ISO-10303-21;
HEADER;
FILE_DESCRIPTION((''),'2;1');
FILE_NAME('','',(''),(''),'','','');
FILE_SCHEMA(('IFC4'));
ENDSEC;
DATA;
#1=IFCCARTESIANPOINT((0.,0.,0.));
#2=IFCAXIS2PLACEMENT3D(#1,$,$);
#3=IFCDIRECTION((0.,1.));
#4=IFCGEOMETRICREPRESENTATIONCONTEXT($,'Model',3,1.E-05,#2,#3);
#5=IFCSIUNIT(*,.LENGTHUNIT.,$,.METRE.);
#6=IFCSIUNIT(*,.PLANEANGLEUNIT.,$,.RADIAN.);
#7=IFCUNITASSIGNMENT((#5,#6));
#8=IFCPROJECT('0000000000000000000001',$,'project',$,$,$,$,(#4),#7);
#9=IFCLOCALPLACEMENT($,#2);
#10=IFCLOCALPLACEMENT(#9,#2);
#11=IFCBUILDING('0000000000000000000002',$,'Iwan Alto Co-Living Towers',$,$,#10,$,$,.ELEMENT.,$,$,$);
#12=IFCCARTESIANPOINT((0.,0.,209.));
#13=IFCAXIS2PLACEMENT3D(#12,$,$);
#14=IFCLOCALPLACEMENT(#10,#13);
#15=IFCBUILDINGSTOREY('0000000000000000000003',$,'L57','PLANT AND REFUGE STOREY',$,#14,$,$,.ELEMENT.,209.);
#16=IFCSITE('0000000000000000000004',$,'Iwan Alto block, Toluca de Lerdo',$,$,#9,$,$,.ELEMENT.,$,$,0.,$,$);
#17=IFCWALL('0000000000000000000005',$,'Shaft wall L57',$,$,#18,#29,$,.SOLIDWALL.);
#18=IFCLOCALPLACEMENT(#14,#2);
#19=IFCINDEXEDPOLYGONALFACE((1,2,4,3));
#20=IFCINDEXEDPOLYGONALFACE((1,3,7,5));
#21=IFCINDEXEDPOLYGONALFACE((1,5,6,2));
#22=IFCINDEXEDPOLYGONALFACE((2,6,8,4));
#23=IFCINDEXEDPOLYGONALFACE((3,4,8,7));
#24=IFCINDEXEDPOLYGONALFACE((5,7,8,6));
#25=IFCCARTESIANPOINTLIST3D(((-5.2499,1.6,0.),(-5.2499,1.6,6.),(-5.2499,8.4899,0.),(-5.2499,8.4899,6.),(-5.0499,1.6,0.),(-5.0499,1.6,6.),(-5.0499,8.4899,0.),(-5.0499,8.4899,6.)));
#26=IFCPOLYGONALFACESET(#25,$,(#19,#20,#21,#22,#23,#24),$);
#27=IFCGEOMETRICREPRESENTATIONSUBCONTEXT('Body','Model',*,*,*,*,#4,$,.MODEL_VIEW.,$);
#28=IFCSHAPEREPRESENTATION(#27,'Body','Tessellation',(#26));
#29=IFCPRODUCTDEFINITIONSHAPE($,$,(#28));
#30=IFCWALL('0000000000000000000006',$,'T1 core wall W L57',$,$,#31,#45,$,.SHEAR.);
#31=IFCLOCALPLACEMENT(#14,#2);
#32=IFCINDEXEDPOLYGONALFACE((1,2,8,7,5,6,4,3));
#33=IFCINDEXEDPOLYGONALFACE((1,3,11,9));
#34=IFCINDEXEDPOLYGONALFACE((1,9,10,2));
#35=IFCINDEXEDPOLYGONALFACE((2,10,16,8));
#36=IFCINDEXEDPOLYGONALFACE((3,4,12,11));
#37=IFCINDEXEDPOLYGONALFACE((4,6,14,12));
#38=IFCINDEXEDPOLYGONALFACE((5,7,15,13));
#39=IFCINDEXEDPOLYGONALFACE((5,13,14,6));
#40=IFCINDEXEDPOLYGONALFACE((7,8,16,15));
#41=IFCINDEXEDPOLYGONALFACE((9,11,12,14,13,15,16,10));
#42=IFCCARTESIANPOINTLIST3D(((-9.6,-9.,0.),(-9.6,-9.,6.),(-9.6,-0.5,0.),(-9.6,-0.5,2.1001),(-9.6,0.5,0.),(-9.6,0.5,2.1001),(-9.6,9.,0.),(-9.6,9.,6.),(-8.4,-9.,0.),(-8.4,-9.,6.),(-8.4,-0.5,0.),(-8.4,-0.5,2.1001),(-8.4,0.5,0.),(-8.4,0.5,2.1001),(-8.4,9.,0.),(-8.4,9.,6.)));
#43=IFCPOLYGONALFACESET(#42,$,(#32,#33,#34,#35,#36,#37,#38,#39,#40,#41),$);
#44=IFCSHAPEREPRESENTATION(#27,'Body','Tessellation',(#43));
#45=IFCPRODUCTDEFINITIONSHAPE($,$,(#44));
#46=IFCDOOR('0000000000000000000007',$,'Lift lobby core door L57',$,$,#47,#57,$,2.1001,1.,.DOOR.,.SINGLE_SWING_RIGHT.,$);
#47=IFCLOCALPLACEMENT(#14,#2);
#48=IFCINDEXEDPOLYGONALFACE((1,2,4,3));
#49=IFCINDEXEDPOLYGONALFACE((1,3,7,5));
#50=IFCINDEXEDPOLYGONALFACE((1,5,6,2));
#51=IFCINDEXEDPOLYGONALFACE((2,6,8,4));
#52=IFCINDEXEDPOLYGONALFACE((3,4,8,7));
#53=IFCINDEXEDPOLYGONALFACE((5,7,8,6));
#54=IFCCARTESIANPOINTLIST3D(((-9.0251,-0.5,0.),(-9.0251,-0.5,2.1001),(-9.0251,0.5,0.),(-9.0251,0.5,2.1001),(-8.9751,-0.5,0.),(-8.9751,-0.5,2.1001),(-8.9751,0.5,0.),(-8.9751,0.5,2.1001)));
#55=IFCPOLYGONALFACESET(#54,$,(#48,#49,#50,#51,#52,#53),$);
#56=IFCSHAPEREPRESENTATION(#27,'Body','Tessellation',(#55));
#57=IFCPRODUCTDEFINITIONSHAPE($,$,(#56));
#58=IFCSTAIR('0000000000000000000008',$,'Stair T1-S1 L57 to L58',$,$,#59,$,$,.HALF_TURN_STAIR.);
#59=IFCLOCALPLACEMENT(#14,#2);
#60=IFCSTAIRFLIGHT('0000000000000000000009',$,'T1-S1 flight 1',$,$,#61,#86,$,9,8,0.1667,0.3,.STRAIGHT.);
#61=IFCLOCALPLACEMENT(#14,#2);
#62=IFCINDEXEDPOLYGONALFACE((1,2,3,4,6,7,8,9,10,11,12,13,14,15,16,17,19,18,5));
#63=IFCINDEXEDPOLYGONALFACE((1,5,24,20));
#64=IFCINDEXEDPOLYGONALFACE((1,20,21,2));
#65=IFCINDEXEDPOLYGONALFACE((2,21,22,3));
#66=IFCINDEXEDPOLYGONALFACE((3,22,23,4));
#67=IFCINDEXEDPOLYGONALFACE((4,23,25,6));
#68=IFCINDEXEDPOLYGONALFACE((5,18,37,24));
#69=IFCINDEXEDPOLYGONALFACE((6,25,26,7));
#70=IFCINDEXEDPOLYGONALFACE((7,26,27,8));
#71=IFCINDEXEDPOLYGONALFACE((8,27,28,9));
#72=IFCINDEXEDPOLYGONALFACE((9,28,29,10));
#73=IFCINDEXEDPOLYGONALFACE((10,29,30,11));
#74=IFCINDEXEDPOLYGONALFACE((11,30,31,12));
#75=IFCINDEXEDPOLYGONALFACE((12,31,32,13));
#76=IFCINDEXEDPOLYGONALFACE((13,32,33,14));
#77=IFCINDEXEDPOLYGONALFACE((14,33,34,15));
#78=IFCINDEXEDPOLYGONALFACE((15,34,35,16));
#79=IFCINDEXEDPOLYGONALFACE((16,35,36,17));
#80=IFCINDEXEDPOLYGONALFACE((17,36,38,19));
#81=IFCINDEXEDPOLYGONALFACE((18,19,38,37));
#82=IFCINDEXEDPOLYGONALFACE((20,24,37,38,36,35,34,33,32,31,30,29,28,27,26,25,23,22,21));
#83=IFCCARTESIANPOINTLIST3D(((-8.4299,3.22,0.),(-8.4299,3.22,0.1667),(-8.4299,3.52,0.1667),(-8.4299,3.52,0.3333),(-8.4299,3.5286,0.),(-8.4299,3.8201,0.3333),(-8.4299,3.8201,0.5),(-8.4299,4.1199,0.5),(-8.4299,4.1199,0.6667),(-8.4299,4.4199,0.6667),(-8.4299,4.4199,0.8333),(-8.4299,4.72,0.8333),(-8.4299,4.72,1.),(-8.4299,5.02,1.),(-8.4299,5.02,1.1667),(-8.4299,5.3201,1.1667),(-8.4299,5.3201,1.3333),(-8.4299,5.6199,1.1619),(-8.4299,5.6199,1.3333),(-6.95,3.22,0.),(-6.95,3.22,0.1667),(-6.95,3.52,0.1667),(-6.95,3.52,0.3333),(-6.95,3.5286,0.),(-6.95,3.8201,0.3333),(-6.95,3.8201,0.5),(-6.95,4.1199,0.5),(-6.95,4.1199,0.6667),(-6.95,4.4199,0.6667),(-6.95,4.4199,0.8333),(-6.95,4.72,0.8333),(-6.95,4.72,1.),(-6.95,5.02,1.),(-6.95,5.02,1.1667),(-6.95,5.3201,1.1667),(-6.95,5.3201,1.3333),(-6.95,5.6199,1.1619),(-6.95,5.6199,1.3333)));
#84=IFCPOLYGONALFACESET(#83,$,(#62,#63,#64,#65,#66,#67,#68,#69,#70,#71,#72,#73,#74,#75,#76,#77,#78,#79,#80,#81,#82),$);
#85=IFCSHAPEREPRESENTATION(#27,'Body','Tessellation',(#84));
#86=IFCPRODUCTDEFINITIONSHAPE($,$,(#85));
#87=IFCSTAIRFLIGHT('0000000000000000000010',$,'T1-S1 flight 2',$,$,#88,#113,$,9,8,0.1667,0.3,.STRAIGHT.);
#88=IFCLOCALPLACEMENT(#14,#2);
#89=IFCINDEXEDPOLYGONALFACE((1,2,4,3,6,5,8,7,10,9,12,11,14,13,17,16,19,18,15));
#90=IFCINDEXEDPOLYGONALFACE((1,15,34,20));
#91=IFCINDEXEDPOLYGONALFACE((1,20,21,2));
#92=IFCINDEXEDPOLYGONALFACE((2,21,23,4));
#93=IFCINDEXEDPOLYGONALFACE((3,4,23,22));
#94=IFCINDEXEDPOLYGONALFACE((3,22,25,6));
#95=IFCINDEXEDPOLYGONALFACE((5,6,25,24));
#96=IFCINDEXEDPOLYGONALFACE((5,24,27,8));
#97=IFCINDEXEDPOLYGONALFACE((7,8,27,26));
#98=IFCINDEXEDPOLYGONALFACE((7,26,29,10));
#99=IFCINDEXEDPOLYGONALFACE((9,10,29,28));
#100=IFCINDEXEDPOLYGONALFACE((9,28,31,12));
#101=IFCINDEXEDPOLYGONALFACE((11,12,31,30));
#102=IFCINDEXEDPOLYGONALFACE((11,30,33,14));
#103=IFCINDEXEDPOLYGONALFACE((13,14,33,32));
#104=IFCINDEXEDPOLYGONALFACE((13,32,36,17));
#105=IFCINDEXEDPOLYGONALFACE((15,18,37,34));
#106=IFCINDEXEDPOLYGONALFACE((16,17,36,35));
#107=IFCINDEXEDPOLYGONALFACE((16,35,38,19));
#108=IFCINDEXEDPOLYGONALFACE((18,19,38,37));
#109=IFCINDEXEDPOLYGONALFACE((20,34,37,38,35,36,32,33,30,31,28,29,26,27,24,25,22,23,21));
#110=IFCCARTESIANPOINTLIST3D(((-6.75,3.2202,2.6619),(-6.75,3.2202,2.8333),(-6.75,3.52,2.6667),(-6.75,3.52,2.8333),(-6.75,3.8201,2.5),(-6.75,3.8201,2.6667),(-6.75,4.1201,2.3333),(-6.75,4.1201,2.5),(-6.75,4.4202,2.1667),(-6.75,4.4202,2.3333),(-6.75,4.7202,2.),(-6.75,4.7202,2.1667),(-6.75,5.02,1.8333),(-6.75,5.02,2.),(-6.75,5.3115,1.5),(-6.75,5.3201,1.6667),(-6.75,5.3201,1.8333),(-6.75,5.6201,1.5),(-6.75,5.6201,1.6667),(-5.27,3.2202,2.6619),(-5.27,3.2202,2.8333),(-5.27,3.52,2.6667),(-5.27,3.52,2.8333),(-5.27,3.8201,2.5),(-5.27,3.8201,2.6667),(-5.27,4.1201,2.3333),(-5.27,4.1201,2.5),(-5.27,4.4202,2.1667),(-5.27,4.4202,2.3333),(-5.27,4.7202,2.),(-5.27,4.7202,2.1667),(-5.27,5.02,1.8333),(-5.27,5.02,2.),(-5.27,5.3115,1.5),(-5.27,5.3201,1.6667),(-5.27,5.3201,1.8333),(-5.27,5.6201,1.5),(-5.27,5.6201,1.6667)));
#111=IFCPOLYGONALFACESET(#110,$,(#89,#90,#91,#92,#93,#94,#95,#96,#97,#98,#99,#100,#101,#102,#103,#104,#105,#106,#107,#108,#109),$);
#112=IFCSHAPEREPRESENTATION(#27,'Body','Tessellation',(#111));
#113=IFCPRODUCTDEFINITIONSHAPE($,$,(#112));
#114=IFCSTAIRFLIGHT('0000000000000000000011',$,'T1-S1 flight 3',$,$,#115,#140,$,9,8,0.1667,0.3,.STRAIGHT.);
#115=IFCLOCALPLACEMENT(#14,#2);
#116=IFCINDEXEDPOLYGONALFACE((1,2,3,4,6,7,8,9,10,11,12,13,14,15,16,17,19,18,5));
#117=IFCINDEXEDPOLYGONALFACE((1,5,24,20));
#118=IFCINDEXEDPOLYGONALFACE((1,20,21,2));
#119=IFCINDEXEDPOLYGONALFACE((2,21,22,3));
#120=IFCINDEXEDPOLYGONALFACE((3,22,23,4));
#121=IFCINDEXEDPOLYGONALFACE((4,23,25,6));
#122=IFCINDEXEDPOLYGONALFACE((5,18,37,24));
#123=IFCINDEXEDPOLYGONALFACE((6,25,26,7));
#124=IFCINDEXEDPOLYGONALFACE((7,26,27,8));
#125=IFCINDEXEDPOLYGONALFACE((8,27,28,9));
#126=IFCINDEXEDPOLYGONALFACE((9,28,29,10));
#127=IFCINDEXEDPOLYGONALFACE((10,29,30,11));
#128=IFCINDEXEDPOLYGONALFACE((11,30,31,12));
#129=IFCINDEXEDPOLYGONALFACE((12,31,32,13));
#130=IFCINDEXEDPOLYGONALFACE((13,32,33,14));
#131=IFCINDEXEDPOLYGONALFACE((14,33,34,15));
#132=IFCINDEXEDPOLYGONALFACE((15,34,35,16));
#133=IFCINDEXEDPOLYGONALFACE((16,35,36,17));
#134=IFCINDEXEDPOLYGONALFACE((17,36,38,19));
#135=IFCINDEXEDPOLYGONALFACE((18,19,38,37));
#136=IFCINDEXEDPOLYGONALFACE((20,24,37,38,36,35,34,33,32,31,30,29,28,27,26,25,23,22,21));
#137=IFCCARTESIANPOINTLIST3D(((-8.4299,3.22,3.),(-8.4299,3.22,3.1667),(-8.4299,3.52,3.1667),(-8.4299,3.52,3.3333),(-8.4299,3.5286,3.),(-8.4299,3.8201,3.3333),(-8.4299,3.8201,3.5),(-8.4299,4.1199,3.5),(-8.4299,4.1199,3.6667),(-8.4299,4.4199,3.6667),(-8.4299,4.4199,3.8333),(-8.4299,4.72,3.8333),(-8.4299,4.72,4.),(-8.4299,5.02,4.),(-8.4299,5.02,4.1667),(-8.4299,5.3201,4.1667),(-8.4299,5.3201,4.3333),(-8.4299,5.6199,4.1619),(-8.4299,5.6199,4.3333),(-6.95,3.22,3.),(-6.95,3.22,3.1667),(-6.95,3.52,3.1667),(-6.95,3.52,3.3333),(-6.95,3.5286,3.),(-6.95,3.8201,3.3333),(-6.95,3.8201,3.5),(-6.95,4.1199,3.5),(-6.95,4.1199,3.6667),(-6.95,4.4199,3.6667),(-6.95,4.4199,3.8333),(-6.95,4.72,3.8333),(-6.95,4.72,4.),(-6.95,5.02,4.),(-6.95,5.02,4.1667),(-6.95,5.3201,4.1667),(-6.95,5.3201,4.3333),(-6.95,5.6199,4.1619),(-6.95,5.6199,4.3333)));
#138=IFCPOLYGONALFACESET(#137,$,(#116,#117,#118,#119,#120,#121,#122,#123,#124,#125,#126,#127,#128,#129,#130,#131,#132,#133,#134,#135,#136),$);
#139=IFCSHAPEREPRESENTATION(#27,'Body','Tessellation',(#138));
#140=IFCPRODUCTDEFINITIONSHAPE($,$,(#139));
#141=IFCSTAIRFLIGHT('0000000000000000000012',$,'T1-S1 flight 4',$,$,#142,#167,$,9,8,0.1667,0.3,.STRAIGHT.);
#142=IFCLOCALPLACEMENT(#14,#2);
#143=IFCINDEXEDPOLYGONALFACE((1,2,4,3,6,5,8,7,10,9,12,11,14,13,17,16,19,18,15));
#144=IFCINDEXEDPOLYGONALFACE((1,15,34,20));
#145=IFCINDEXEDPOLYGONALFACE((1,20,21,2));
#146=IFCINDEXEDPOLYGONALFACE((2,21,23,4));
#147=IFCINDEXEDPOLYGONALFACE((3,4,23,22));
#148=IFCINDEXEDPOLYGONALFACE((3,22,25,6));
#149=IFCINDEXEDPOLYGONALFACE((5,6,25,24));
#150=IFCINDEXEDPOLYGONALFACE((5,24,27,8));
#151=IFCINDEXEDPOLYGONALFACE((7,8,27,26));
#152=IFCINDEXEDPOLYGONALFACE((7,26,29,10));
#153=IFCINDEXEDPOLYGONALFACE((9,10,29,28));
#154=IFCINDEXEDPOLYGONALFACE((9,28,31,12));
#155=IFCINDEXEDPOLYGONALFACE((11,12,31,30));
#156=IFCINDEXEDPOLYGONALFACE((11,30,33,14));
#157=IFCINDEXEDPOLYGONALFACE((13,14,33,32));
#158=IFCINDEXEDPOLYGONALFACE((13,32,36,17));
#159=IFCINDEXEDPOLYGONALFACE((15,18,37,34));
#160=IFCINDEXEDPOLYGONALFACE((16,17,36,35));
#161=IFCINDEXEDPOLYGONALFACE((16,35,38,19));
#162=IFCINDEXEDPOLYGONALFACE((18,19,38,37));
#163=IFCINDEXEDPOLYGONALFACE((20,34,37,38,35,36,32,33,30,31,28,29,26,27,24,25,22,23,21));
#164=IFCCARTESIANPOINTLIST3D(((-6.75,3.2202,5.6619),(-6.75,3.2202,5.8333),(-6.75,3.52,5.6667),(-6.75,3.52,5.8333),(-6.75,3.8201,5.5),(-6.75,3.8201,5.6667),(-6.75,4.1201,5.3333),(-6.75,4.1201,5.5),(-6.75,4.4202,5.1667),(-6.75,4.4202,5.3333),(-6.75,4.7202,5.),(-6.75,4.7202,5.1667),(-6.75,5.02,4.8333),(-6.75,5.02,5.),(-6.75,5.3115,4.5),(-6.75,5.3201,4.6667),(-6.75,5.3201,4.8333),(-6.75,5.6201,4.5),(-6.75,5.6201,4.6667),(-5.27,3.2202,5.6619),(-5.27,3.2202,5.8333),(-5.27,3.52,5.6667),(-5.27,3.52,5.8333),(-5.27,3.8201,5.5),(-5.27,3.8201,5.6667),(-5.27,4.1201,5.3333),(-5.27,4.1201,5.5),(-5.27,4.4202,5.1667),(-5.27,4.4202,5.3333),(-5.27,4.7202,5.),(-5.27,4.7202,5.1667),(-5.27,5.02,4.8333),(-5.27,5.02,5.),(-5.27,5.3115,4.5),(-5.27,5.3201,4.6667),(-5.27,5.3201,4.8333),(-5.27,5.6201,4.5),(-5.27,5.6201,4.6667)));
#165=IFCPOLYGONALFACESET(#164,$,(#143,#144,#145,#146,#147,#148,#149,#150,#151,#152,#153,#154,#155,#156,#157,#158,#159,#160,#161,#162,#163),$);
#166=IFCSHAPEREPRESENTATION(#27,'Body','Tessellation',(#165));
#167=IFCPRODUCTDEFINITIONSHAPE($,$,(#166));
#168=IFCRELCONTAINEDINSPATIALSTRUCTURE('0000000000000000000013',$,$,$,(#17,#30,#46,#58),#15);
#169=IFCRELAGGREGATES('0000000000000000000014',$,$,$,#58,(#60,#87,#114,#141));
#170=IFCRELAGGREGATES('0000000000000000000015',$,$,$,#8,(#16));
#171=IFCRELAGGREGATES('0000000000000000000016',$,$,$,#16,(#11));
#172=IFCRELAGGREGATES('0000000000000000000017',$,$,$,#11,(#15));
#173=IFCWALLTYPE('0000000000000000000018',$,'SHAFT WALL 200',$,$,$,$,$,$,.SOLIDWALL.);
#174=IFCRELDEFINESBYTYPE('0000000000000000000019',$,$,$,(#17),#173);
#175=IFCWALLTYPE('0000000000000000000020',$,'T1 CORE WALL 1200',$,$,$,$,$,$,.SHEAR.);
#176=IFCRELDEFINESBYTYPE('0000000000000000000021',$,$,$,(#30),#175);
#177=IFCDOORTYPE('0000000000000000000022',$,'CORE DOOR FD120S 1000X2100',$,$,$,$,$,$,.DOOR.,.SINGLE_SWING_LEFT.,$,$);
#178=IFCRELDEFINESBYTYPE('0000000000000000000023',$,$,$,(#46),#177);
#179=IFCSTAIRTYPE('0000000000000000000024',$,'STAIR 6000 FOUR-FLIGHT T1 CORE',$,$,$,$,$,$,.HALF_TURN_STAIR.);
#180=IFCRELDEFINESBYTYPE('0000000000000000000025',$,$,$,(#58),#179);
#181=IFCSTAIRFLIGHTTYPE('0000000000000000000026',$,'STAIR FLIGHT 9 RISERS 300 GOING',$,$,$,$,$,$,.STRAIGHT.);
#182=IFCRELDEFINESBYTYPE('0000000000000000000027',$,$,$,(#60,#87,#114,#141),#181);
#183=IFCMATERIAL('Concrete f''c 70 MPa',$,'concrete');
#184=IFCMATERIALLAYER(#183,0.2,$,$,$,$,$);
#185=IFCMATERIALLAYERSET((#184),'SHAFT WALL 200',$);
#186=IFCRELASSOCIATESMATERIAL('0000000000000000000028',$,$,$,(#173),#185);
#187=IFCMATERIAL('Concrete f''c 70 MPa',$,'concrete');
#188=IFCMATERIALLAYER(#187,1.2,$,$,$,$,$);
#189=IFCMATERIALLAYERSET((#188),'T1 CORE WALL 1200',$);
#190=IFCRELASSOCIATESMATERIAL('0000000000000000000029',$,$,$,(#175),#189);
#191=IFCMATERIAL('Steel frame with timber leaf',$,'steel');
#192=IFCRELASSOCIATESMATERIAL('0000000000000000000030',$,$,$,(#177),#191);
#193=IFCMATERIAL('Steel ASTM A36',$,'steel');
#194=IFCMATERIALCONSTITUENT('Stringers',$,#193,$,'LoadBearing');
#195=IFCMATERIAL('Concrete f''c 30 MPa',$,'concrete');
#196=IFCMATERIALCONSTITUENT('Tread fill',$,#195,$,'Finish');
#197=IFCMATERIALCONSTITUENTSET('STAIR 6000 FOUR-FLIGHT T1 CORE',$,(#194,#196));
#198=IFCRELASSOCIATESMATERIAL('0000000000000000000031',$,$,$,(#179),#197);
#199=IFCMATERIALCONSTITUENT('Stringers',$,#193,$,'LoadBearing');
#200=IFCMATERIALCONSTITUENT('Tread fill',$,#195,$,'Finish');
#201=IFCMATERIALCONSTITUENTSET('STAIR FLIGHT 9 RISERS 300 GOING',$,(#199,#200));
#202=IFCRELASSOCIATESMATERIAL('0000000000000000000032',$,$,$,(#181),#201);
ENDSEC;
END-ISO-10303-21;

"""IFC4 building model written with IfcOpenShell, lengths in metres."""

from ifc_helpers import new_model, si_unit, direction, frame, frame_2d, origin, place, context, subcontext, project, spatial, polyline, rectangle, outline, extrude, material, layer, layer_set, constituent, constituent_set, type_object, element, fill, aggregate, save


model = new_model("IFC4")

# Units and contexts
model_context = context("Model", 3, precision=1e-05, world=origin(), true_north=direction((0.0, 1.0)))
body_context = subcontext(model_context, "Body", "Model", "MODEL_VIEW")
ifc_project = project(units=[si_unit("LENGTHUNIT", "METRE"), si_unit("PLANEANGLEUNIT", "RADIAN")], contexts=[model_context])

# Site, building, storey
site_placement = place(None, origin())
site = spatial("IfcSite", under=ifc_project, at=site_placement, Name="Iwan Alto block, Toluca de Lerdo", CompositionType="ELEMENT", RefElevation=0.0)
building_placement = place(site_placement, origin())
building = spatial("IfcBuilding", under=site, at=building_placement, Name="Iwan Alto Co-Living Towers", CompositionType="ELEMENT")
storey_placement = place(building_placement, frame((0.0, 0.0, 209.0)))
storey = spatial("IfcBuildingStorey", under=building, at=storey_placement, Name="L57", Description="PLANT AND REFUGE STOREY", CompositionType="ELEMENT", Elevation=209.0)

# Shared definitions
ifc_material_1 = material(Name="Concrete f'c 70 MPa", Category="concrete")
ifc_layer_1 = layer(ifc_material_1, 0.2)
ifc_layer_set_1 = layer_set([ifc_layer_1], Name="SHAFT WALL 200")
wall_type_1 = type_object("IfcWallType", Name="SHAFT WALL 200", PredefinedType="SOLIDWALL", material=ifc_layer_set_1)

# Wall
wall_1_placement = place(storey_placement, frame((-5.1499, 1.6001, 0.0), z_axis=(0.0, 0.0, 1.0), x_axis=(0.0, 1.0, 0.0)))
element("IfcWall", 1, at=wall_1_placement, inside=storey, type_object=wall_type_1, Name="Shaft wall L57", PredefinedType="SOLIDWALL", context=body_context, shape_type="SweptSolid", body=[
    extrude(rectangle(XDim=6.8899, YDim=0.2, at=frame_2d((3.4448, 0.0))), origin(), (0.0, 0.0, 1.0), 6.0),
])

# Wall, opening, door
ifc_material_2 = material(Name="Concrete f'c 70 MPa", Category="concrete")
ifc_layer_2 = layer(ifc_material_2, 1.2)
ifc_layer_set_2 = layer_set([ifc_layer_2], Name="T1 CORE WALL 1200")
wall_type_2 = type_object("IfcWallType", Name="T1 CORE WALL 1200", PredefinedType="SHEAR", material=ifc_layer_set_2)
wall_2_placement = place(storey_placement, frame((-9.0, 9.0, 0.0), z_axis=(0.0, 0.0, 1.0), x_axis=(0.0, -1.0, 0.0)))
wall_2 = element("IfcWall", 2, at=wall_2_placement, inside=storey, type_object=wall_type_2, Name="T1 core wall W L57", PredefinedType="SHEAR", context=body_context, shape_type="SweptSolid", body=[
    extrude(rectangle(XDim=18.0, YDim=1.2, at=frame_2d((9.0, 0.0))), origin(), (0.0, 0.0, 1.0), 6.0),
])
opening_1_placement = place(wall_2_placement, frame((8.5, 0.0, 0.0)))
opening_1 = element("IfcOpeningElement", 3, at=opening_1_placement, cuts=wall_2, PredefinedType="OPENING", context=body_context, shape_type="SweptSolid", body=[
    extrude(rectangle(XDim=1.0, YDim=2.1001, at=frame_2d((0.5, 1.05))), frame((0.0, 0.6099, 0.0), z_axis=(0.0, -1.0, 0.0), x_axis=(1.0, 0.0, 0.0)), (0.0, 0.0, 1.0), 1.22),
])
ifc_material_3 = material(Name="Steel frame with timber leaf", Category="steel")
door_type_1 = type_object("IfcDoorType", Name="CORE DOOR FD120S 1000X2100", OperationType="SINGLE_SWING_LEFT", PredefinedType="DOOR", material=ifc_material_3)
door_1_placement = place(opening_1_placement, origin())
door_1 = element("IfcDoor", 4, at=door_1_placement, inside=storey, type_object=door_type_1, Name="Lift lobby core door L57", OperationType="SINGLE_SWING_RIGHT", OverallHeight=2.1001, OverallWidth=1.0, PredefinedType="DOOR", context=body_context, shape_type="SweptSolid", body=[
    extrude(rectangle(XDim=1.0, YDim=2.1001, at=frame_2d((0.5, 1.05))), frame((0.0, 0.0249, 0.0), z_axis=(0.0, -1.0, 0.0), x_axis=(1.0, 0.0, 0.0)), (0.0, 0.0, 1.0), 0.05),
])
fill(opening_1, door_1)

# Stair, stair flights
ifc_material_4 = material(Name="Steel ASTM A36", Category="steel")
ifc_constituent_1 = constituent(ifc_material_4, Name="Stringers", Category="LoadBearing")
ifc_material_5 = material(Name="Concrete f'c 30 MPa", Category="concrete")
ifc_constituent_2 = constituent(ifc_material_5, Name="Tread fill", Category="Finish")
ifc_constituent_set_1 = constituent_set(constituents=[ifc_constituent_1, ifc_constituent_2], Name="STAIR 6000 FOUR-FLIGHT T1 CORE")
stair_type = type_object("IfcStairType", Name="STAIR 6000 FOUR-FLIGHT T1 CORE", PredefinedType="HALF_TURN_STAIR", material=ifc_constituent_set_1)
stair_placement = place(storey_placement, origin())
stair = element("IfcStair", 5, at=stair_placement, inside=storey, type_object=stair_type, Name="Stair T1-S1 L57 to L58", PredefinedType="HALF_TURN_STAIR")
ifc_constituent_3 = constituent(ifc_material_4, Name="Stringers", Category="LoadBearing")
ifc_constituent_4 = constituent(ifc_material_5, Name="Tread fill", Category="Finish")
ifc_constituent_set_2 = constituent_set(constituents=[ifc_constituent_3, ifc_constituent_4], Name="STAIR FLIGHT 9 RISERS 300 GOING")
stair_flight_type = type_object("IfcStairFlightType", Name="STAIR FLIGHT 9 RISERS 300 GOING", PredefinedType="STRAIGHT", material=ifc_constituent_set_2)
stair_flight_1_placement = place(storey_placement, frame((-7.6899, 3.22, 0.0), z_axis=(0.0, 0.0, 1.0), x_axis=(0.0, 1.0, 0.0)))
stair_flight_1 = element("IfcStairFlight", 6, at=stair_flight_1_placement, type_object=stair_flight_type, Name="T1-S1 flight 1", NumberOfRisers=9, NumberOfTreads=8, PredefinedType="STRAIGHT", RiserHeight=0.1667, TreadLength=0.3, context=body_context, shape_type="SweptSolid", body=[
    extrude(outline(polyline([(0.0, 0.0), (0.0, 0.1667), (0.3, 0.1667), (0.3, 0.3333), (0.6001, 0.3333), (0.6001, 0.5), (0.8999, 0.5), (0.8999, 0.6667), (1.2, 0.6667), (1.2, 0.8333), (1.5, 0.8333), (1.5, 1.0), (1.8, 1.0), (1.8, 1.1667), (2.1001, 1.1667), (2.1001, 1.3333), (2.3999, 1.3333), (2.3999, 1.5), (2.3999, 1.1619), (0.3086, 0.0), (0.0, 0.0)])), frame((0.0, 0.74, 0.0), z_axis=(0.0, -1.0, 0.0), x_axis=(1.0, 0.0, 0.0)), (0.0, 0.0, 1.0), 1.48),
])
stair_flight_2_placement = place(storey_placement, frame((-6.01, 5.6201, 1.5), z_axis=(0.0, 0.0, 1.0), x_axis=(0.0, -1.0, 0.0)))
stair_flight_2 = element("IfcStairFlight", 7, at=stair_flight_2_placement, type_object=stair_flight_type, Name="T1-S1 flight 2", NumberOfRisers=9, NumberOfTreads=8, PredefinedType="STRAIGHT", RiserHeight=0.1667, TreadLength=0.3, context=body_context, shape_type="SweptSolid", body=[
    extrude(outline(polyline([(0.0, 0.0), (0.0, 0.1667), (0.3, 0.1667), (0.3, 0.3333), (0.6001, 0.3333), (0.6001, 0.5), (0.8999, 0.5), (0.8999, 0.6667), (1.2, 0.6667), (1.2, 0.8333), (1.5, 0.8333), (1.5, 1.0), (1.8, 1.0), (1.8, 1.1667), (2.1001, 1.1667), (2.1001, 1.3333), (2.3999, 1.3333), (2.3999, 1.5), (2.3999, 1.1619), (0.3086, 0.0), (0.0, 0.0)])), frame((0.0, 0.74, 0.0), z_axis=(0.0, -1.0, 0.0), x_axis=(1.0, 0.0, 0.0)), (0.0, 0.0, 1.0), 1.48),
])
stair_flight_3_placement = place(storey_placement, frame((-7.6899, 3.22, 3.0), z_axis=(0.0, 0.0, 1.0), x_axis=(0.0, 1.0, 0.0)))
stair_flight_3 = element("IfcStairFlight", 8, at=stair_flight_3_placement, type_object=stair_flight_type, Name="T1-S1 flight 3", NumberOfRisers=9, NumberOfTreads=8, PredefinedType="STRAIGHT", RiserHeight=0.1667, TreadLength=0.3, context=body_context, shape_type="SweptSolid", body=[
    extrude(outline(polyline([(0.0, 0.0), (0.0, 0.1667), (0.3, 0.1667), (0.3, 0.3333), (0.6001, 0.3333), (0.6001, 0.5), (0.8999, 0.5), (0.8999, 0.6667), (1.2, 0.6667), (1.2, 0.8333), (1.5, 0.8333), (1.5, 1.0), (1.8, 1.0), (1.8, 1.1667), (2.1001, 1.1667), (2.1001, 1.3333), (2.3999, 1.3333), (2.3999, 1.5), (2.3999, 1.1619), (0.3086, 0.0), (0.0, 0.0)])), frame((0.0, 0.74, 0.0), z_axis=(0.0, -1.0, 0.0), x_axis=(1.0, 0.0, 0.0)), (0.0, 0.0, 1.0), 1.48),
])
stair_flight_4_placement = place(storey_placement, frame((-6.01, 5.6201, 4.5), z_axis=(0.0, 0.0, 1.0), x_axis=(0.0, -1.0, 0.0)))
stair_flight_4 = element("IfcStairFlight", 9, at=stair_flight_4_placement, type_object=stair_flight_type, Name="T1-S1 flight 4", NumberOfRisers=9, NumberOfTreads=8, PredefinedType="STRAIGHT", RiserHeight=0.1667, TreadLength=0.3, context=body_context, shape_type="SweptSolid", body=[
    extrude(outline(polyline([(0.0, 0.0), (0.0, 0.1667), (0.3, 0.1667), (0.3, 0.3333), (0.6001, 0.3333), (0.6001, 0.5), (0.8999, 0.5), (0.8999, 0.6667), (1.2, 0.6667), (1.2, 0.8333), (1.5, 0.8333), (1.5, 1.0), (1.8, 1.0), (1.8, 1.1667), (2.1001, 1.1667), (2.1001, 1.3333), (2.3999, 1.3333), (2.3999, 1.5), (2.3999, 1.1619), (0.3086, 0.0), (0.0, 0.0)])), frame((0.0, 0.74, 0.0), z_axis=(0.0, -1.0, 0.0), x_axis=(1.0, 0.0, 0.0)), (0.0, 0.0, 1.0), 1.48),
])
aggregate(stair, [stair_flight_1, stair_flight_2, stair_flight_3, stair_flight_4])

save(model, "model.ifc")
